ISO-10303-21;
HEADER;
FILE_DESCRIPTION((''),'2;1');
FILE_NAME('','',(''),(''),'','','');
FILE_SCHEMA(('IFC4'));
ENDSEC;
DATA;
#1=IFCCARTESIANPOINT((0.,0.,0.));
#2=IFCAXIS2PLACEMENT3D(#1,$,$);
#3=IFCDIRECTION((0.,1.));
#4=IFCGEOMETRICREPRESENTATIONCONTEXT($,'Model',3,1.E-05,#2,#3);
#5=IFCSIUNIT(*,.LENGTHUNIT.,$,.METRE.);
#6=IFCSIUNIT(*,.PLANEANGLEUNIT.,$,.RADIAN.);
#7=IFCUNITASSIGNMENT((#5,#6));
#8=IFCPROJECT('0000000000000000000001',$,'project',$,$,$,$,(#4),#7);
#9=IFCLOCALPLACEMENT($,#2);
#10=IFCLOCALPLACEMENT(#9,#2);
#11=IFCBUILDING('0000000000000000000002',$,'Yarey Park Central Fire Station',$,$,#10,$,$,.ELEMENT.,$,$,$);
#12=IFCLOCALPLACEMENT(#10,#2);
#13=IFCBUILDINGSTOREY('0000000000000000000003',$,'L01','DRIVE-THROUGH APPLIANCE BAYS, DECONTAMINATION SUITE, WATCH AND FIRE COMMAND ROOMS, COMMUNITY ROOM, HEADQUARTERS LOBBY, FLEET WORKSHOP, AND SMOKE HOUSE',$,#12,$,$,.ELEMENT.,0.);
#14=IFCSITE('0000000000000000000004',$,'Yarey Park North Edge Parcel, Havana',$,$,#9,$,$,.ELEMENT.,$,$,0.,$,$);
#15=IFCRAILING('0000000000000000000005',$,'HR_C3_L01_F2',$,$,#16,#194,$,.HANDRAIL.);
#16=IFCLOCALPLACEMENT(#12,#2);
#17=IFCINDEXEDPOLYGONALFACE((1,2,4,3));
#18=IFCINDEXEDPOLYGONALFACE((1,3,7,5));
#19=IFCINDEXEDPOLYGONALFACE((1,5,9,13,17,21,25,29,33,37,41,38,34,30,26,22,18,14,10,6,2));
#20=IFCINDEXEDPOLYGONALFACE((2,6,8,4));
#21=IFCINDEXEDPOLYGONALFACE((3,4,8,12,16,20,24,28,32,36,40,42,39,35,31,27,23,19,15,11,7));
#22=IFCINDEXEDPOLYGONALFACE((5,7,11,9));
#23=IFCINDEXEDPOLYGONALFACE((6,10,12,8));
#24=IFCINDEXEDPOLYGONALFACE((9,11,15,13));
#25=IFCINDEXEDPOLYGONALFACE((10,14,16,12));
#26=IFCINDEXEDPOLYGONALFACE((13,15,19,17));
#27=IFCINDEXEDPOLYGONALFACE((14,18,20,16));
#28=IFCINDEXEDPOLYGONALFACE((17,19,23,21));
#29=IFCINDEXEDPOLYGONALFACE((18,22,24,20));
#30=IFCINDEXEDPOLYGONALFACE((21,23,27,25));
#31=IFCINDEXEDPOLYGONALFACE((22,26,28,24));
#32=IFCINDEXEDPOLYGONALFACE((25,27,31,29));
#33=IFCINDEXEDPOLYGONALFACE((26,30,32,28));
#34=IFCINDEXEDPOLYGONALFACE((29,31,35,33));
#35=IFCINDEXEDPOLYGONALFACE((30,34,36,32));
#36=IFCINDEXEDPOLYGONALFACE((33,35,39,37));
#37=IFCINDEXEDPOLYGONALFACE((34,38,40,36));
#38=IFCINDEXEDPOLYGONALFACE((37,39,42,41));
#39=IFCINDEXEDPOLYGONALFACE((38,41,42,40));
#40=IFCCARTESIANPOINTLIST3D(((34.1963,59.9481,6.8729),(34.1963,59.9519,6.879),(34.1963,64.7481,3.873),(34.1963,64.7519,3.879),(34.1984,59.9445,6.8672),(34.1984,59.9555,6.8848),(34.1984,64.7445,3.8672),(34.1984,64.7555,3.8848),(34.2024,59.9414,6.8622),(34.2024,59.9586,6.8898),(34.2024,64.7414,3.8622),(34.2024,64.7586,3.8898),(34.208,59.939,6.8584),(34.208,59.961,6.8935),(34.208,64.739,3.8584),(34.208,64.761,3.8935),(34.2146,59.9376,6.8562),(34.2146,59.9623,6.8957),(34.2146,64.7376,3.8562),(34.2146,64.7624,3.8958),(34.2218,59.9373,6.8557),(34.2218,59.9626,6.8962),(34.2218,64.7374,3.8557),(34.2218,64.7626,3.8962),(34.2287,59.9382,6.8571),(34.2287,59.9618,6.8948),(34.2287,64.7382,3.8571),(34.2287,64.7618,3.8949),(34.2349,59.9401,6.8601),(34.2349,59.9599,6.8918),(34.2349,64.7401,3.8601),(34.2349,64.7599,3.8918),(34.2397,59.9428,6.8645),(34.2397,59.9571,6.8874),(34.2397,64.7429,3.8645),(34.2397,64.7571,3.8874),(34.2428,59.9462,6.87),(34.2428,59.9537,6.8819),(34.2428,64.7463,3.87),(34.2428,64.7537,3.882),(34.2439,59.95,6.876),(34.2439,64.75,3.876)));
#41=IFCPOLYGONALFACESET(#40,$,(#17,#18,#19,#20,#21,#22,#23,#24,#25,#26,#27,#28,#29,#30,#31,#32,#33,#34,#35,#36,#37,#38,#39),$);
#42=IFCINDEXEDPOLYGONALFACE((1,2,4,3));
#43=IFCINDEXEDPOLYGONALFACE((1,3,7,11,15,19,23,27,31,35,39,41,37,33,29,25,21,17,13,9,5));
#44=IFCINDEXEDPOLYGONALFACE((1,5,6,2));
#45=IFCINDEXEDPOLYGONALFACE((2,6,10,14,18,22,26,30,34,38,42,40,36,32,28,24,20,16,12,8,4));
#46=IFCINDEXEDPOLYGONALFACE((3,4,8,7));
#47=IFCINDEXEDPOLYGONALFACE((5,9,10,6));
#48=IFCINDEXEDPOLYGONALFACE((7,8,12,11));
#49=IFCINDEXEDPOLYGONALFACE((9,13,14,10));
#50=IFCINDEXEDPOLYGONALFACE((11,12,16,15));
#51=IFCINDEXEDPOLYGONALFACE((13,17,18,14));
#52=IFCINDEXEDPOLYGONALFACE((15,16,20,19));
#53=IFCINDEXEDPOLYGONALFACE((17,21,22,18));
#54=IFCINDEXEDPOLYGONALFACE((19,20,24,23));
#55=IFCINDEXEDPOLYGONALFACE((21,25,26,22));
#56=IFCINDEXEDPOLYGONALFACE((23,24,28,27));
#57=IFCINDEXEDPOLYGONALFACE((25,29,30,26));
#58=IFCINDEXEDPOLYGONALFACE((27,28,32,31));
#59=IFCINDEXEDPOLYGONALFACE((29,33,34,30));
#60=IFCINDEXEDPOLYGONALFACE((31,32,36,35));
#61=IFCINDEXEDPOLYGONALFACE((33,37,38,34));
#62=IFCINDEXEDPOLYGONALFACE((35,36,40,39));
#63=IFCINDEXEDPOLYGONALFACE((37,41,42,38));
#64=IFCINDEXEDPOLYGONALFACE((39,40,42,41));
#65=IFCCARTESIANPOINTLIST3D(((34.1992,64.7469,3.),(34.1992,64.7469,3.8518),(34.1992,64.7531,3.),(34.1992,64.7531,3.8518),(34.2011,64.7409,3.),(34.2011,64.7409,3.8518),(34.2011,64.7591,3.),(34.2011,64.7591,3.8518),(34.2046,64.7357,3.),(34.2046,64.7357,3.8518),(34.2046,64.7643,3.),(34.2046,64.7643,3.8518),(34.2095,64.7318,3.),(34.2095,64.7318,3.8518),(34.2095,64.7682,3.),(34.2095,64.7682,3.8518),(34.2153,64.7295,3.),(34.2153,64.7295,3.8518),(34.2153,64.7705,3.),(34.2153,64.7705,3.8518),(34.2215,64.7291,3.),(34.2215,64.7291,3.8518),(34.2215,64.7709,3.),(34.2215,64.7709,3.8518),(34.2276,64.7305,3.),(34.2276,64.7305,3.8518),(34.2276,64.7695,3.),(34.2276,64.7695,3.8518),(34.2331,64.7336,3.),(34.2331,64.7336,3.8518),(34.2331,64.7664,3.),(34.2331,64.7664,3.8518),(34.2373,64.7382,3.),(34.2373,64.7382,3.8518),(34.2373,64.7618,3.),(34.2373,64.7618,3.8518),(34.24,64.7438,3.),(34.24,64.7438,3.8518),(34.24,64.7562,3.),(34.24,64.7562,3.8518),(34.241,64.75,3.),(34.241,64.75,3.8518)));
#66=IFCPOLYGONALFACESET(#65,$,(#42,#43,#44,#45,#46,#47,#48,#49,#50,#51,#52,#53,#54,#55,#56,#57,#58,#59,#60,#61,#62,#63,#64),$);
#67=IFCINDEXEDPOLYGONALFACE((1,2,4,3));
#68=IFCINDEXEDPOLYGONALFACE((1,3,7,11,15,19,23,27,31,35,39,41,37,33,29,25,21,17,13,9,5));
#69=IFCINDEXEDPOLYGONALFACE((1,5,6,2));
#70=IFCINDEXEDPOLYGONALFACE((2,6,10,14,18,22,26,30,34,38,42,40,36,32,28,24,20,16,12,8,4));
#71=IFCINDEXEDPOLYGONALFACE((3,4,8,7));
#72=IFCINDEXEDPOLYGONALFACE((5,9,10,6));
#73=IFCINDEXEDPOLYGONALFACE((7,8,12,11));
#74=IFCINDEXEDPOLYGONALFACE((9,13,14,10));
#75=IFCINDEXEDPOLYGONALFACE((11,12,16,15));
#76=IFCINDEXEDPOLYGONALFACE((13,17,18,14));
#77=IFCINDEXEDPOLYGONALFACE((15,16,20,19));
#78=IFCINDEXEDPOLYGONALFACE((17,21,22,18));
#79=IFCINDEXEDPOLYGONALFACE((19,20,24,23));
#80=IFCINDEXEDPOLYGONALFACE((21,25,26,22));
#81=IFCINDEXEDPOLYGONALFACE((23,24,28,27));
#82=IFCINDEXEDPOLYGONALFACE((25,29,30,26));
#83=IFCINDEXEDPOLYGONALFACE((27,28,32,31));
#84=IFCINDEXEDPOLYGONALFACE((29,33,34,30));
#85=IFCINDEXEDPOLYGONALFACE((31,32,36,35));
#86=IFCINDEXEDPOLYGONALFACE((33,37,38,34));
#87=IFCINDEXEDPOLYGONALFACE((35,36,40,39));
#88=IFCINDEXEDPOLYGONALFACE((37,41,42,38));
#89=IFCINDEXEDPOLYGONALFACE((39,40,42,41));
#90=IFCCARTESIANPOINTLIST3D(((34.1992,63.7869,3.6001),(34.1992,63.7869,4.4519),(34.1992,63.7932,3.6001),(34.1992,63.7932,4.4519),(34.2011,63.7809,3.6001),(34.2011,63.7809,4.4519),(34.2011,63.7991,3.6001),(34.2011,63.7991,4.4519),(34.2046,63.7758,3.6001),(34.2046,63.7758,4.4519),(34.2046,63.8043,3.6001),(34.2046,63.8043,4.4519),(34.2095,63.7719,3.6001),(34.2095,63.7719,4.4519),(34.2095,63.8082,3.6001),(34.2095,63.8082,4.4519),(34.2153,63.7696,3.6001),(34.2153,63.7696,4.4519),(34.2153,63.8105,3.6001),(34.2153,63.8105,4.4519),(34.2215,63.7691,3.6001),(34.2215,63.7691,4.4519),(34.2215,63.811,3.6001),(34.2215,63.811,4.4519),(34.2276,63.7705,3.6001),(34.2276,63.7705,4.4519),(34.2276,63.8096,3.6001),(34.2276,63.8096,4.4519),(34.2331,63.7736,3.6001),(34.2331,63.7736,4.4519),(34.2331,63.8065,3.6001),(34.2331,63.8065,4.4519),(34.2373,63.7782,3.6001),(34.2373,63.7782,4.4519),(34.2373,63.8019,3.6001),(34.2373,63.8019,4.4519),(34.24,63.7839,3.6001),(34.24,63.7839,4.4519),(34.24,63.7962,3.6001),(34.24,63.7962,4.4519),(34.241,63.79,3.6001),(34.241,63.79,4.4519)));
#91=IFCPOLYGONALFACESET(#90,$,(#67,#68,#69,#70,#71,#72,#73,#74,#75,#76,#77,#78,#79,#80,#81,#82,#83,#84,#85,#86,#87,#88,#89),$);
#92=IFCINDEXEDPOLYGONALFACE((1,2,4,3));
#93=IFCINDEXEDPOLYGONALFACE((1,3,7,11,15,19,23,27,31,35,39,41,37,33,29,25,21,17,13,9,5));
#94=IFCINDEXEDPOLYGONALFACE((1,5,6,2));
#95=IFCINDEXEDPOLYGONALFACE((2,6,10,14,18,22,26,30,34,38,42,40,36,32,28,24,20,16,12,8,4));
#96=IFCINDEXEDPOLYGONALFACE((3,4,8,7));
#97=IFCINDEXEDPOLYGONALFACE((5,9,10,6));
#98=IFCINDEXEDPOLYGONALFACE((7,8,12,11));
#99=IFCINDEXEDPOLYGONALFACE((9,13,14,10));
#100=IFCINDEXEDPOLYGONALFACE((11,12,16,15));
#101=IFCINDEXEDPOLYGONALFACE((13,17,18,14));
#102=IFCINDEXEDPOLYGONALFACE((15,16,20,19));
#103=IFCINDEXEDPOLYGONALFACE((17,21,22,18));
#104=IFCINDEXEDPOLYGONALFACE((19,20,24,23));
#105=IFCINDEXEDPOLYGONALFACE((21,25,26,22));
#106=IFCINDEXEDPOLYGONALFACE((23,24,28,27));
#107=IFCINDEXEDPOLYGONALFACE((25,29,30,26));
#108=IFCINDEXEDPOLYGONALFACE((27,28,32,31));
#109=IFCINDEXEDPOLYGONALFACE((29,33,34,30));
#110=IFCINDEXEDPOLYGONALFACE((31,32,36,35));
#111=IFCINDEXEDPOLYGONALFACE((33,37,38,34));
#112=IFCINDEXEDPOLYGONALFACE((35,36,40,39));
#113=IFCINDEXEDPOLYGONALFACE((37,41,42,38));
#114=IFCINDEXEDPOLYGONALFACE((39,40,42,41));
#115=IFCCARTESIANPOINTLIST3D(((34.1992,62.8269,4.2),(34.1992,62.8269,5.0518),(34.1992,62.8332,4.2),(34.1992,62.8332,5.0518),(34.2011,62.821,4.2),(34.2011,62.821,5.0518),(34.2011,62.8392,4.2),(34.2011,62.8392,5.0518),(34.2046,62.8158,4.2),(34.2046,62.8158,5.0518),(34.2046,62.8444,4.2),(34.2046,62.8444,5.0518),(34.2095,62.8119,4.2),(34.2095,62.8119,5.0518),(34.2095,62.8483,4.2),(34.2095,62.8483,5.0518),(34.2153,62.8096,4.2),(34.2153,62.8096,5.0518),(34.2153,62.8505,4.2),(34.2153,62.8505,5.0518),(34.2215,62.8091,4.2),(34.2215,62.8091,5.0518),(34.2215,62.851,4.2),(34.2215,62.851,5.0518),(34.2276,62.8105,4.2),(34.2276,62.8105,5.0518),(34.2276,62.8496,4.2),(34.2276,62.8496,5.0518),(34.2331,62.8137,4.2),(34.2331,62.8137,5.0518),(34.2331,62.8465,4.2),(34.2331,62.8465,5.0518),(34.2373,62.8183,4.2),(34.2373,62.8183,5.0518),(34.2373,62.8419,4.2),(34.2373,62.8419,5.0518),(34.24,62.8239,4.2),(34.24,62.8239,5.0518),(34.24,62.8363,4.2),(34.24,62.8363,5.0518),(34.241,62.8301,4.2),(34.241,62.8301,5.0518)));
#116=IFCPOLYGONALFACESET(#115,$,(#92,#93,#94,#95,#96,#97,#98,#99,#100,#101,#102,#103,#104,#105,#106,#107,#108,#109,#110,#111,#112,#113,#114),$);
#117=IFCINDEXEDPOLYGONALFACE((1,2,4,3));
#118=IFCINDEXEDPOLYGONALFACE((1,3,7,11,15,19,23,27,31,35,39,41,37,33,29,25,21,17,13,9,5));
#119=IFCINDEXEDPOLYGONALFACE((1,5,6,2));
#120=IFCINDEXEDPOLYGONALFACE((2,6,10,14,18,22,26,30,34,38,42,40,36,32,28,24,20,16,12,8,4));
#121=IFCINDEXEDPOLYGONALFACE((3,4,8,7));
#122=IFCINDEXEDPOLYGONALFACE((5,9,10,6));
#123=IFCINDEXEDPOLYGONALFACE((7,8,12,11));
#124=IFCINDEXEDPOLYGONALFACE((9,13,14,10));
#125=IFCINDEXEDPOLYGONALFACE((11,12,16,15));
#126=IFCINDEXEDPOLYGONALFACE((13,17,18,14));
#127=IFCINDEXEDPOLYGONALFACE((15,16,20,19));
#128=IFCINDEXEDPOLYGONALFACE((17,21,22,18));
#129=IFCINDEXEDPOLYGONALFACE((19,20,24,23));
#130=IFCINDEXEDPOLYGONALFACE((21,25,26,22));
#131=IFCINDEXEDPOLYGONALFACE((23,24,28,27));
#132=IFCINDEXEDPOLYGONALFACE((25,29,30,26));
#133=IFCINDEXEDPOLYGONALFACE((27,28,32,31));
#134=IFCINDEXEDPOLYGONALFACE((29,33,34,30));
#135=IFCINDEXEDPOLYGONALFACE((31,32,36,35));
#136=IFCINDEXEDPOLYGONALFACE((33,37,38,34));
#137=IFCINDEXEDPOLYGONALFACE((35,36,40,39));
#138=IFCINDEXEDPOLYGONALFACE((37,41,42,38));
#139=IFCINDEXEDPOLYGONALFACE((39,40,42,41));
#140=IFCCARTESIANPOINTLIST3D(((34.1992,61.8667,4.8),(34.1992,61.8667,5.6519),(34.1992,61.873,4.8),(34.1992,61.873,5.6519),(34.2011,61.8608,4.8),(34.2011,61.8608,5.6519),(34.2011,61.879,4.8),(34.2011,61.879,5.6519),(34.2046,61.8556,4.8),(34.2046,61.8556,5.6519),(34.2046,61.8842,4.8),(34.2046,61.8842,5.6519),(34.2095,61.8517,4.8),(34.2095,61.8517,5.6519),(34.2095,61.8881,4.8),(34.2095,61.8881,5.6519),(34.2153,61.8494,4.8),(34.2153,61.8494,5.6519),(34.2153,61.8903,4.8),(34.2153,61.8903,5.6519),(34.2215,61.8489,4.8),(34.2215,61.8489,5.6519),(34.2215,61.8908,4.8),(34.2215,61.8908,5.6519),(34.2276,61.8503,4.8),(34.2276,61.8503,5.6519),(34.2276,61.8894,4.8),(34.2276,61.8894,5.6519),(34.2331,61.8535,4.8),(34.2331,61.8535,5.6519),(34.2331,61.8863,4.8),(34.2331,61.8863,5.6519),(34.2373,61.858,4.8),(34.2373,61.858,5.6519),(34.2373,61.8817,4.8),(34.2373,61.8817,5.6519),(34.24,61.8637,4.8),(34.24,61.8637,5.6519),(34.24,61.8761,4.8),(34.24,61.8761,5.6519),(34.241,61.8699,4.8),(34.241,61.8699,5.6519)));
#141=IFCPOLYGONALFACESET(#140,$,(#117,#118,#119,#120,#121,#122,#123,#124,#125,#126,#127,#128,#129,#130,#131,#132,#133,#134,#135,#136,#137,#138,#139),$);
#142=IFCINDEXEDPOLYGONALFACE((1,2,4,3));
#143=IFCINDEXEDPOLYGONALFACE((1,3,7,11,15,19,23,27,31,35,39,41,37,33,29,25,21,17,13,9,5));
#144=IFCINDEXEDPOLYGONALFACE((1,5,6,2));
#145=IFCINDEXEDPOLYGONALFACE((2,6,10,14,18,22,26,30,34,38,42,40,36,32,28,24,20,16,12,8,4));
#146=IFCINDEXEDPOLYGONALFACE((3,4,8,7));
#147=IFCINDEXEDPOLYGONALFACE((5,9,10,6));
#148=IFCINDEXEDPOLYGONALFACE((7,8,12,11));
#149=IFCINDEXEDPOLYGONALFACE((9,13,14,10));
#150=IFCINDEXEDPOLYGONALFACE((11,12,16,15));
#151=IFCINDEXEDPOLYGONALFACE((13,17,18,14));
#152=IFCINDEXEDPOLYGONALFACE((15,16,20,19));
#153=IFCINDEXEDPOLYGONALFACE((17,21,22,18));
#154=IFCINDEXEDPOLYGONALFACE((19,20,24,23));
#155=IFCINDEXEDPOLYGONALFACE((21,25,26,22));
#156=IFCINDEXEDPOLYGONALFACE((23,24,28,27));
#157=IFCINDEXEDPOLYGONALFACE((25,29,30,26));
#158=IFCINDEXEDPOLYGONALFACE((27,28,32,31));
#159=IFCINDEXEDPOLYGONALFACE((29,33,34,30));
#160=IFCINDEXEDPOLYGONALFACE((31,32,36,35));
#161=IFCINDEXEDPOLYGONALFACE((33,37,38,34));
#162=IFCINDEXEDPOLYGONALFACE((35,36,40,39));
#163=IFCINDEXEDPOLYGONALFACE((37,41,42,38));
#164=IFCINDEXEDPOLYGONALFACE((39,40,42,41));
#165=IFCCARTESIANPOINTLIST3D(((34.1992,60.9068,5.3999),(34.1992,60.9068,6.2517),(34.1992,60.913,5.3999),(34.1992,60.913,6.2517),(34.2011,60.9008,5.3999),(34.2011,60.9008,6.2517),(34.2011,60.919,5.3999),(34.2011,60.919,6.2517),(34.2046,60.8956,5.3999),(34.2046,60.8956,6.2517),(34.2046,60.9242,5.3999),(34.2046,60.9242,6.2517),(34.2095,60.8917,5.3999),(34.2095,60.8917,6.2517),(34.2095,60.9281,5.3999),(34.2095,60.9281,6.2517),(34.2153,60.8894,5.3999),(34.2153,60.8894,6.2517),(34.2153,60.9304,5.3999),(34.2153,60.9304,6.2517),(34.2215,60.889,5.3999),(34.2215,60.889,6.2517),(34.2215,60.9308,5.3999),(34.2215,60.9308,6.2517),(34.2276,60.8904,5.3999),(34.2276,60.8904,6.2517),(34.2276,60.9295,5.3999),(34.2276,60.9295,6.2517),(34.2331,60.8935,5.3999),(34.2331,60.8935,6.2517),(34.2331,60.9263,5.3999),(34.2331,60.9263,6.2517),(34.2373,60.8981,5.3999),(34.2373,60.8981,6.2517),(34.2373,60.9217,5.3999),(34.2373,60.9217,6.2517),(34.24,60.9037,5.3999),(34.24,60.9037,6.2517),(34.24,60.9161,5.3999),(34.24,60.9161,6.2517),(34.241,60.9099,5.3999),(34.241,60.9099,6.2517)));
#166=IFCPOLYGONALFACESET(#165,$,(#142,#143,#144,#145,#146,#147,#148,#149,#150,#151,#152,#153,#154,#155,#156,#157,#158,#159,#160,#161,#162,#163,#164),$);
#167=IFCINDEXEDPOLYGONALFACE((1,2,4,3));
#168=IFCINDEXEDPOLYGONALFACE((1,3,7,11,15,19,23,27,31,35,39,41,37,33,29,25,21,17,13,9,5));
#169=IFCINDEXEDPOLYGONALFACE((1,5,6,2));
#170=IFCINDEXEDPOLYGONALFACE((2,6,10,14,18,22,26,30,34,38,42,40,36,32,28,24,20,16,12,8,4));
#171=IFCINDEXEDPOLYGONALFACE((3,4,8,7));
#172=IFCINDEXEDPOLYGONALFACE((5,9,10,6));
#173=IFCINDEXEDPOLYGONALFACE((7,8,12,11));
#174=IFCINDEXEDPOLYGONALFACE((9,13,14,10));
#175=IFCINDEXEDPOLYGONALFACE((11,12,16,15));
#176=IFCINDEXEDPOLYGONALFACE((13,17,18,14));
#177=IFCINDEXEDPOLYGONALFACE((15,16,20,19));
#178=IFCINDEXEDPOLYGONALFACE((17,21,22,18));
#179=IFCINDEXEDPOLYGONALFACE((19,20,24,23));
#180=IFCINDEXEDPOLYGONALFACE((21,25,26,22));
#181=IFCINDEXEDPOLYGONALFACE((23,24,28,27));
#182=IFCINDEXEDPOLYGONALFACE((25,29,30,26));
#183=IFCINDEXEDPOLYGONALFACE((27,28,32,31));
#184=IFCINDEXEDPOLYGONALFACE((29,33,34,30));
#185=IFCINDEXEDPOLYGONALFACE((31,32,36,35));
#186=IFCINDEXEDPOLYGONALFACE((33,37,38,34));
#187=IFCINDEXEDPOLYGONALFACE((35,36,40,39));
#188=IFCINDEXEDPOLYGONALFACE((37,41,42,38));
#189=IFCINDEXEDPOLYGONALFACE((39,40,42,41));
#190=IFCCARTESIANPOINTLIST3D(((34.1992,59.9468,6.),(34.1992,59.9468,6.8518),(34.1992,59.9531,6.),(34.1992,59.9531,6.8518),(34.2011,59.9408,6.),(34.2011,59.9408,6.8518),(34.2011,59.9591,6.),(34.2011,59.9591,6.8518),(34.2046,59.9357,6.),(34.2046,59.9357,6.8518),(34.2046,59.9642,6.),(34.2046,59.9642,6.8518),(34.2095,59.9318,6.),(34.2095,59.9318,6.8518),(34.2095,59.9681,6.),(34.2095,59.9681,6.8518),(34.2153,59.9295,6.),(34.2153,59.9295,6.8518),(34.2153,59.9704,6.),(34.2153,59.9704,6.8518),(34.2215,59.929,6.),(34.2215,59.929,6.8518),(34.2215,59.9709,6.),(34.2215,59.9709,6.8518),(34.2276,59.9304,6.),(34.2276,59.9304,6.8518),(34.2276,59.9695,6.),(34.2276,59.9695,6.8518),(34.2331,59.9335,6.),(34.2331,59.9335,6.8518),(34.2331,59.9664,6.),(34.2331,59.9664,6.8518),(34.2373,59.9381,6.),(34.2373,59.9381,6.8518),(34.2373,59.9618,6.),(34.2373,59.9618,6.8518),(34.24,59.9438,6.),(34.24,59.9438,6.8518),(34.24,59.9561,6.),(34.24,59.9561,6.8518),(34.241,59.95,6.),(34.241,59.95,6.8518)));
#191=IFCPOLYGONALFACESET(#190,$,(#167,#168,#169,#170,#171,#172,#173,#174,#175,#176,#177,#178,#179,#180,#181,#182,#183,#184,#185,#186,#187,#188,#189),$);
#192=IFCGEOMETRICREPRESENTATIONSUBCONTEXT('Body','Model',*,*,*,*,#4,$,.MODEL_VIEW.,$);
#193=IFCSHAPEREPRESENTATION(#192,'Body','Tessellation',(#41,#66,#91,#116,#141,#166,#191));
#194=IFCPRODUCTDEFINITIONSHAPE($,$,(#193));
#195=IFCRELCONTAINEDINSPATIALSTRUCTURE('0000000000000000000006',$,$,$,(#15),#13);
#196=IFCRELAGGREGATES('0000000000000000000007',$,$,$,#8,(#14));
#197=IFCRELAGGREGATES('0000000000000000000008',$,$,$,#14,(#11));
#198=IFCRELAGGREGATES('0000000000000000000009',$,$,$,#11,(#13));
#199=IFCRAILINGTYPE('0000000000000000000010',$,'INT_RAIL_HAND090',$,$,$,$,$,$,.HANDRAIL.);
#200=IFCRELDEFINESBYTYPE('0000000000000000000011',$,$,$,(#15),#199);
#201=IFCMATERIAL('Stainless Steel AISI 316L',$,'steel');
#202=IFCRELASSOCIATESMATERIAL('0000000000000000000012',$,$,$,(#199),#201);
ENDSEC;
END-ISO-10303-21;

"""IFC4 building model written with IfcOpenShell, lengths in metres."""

from ifc_helpers import new_model, si_unit, direction, frame, origin, origin_2d, place, context, subcontext, project, spatial, circle, extrude, material, type_object, element, save


model = new_model("IFC4")

# Units and contexts
model_context = context("Model", 3, precision=1e-05, world=origin(), true_north=direction((0.0, 1.0)))
body_context = subcontext(model_context, "Body", "Model", "MODEL_VIEW")
ifc_project = project(units=[si_unit("LENGTHUNIT", "METRE"), si_unit("PLANEANGLEUNIT", "RADIAN")], contexts=[model_context])

# Site, building, storey
site_placement = place(None, origin())
site = spatial("IfcSite", under=ifc_project, at=site_placement, Name="Yarey Park North Edge Parcel, Havana", CompositionType="ELEMENT", RefElevation=0.0)
building_placement = place(site_placement, origin())
building = spatial("IfcBuilding", under=site, at=building_placement, Name="Yarey Park Central Fire Station", CompositionType="ELEMENT")
storey_placement = place(building_placement, origin())
storey = spatial("IfcBuildingStorey", under=building, at=storey_placement, Name="L01", Description="DRIVE-THROUGH APPLIANCE BAYS, DECONTAMINATION SUITE, WATCH AND FIRE COMMAND ROOMS, COMMUNITY ROOM, HEADQUARTERS LOBBY, FLEET WORKSHOP, AND SMOKE HOUSE", CompositionType="ELEMENT", Elevation=0.0)

# Railing
ifc_material_1 = material(Name="Stainless Steel AISI 316L", Category="steel")
railing_type_1 = type_object("IfcRailingType", Name="INT_RAIL_HAND090", PredefinedType="HANDRAIL", material=ifc_material_1)
railing_1_placement = place(storey_placement, frame((34.22, 64.75, 3.0)))
element("IfcRailing", 1, at=railing_1_placement, inside=storey, type_object=railing_type_1, Name="HR_C3_L01_F2", PredefinedType="HANDRAIL", context=body_context, shape_type="SweptSolid", body=[
    extrude(circle(Radius=0.0239, at=origin_2d()), frame((0.0, 0.0, 0.876), z_axis=(0.0, -0.848001, 0.529995), x_axis=(1.0, 0.0, 0.0)), (0.0, 0.0, 1.0), 5.6604),
    extrude(circle(Radius=0.021, at=origin_2d()), origin(), (0.0, 0.0, 1.0), 0.8518),
    extrude(circle(Radius=0.021, at=origin_2d()), frame((0.0, -0.96, 0.6001)), (0.0, 0.0, 1.0), 0.8518),
    extrude(circle(Radius=0.021, at=origin_2d()), frame((0.0, -1.9199, 1.2)), (0.0, 0.0, 1.0), 0.8518),
    extrude(circle(Radius=0.021, at=origin_2d()), frame((0.0, -2.8801, 1.8)), (0.0, 0.0, 1.0), 0.8518),
    extrude(circle(Radius=0.021, at=origin_2d()), frame((0.0, -3.8401, 2.3999)), (0.0, 0.0, 1.0), 0.8518),
    extrude(circle(Radius=0.021, at=origin_2d()), frame((0.0, -4.8, 3.0)), (0.0, 0.0, 1.0), 0.8518),
])

save(model, "model.ifc")
